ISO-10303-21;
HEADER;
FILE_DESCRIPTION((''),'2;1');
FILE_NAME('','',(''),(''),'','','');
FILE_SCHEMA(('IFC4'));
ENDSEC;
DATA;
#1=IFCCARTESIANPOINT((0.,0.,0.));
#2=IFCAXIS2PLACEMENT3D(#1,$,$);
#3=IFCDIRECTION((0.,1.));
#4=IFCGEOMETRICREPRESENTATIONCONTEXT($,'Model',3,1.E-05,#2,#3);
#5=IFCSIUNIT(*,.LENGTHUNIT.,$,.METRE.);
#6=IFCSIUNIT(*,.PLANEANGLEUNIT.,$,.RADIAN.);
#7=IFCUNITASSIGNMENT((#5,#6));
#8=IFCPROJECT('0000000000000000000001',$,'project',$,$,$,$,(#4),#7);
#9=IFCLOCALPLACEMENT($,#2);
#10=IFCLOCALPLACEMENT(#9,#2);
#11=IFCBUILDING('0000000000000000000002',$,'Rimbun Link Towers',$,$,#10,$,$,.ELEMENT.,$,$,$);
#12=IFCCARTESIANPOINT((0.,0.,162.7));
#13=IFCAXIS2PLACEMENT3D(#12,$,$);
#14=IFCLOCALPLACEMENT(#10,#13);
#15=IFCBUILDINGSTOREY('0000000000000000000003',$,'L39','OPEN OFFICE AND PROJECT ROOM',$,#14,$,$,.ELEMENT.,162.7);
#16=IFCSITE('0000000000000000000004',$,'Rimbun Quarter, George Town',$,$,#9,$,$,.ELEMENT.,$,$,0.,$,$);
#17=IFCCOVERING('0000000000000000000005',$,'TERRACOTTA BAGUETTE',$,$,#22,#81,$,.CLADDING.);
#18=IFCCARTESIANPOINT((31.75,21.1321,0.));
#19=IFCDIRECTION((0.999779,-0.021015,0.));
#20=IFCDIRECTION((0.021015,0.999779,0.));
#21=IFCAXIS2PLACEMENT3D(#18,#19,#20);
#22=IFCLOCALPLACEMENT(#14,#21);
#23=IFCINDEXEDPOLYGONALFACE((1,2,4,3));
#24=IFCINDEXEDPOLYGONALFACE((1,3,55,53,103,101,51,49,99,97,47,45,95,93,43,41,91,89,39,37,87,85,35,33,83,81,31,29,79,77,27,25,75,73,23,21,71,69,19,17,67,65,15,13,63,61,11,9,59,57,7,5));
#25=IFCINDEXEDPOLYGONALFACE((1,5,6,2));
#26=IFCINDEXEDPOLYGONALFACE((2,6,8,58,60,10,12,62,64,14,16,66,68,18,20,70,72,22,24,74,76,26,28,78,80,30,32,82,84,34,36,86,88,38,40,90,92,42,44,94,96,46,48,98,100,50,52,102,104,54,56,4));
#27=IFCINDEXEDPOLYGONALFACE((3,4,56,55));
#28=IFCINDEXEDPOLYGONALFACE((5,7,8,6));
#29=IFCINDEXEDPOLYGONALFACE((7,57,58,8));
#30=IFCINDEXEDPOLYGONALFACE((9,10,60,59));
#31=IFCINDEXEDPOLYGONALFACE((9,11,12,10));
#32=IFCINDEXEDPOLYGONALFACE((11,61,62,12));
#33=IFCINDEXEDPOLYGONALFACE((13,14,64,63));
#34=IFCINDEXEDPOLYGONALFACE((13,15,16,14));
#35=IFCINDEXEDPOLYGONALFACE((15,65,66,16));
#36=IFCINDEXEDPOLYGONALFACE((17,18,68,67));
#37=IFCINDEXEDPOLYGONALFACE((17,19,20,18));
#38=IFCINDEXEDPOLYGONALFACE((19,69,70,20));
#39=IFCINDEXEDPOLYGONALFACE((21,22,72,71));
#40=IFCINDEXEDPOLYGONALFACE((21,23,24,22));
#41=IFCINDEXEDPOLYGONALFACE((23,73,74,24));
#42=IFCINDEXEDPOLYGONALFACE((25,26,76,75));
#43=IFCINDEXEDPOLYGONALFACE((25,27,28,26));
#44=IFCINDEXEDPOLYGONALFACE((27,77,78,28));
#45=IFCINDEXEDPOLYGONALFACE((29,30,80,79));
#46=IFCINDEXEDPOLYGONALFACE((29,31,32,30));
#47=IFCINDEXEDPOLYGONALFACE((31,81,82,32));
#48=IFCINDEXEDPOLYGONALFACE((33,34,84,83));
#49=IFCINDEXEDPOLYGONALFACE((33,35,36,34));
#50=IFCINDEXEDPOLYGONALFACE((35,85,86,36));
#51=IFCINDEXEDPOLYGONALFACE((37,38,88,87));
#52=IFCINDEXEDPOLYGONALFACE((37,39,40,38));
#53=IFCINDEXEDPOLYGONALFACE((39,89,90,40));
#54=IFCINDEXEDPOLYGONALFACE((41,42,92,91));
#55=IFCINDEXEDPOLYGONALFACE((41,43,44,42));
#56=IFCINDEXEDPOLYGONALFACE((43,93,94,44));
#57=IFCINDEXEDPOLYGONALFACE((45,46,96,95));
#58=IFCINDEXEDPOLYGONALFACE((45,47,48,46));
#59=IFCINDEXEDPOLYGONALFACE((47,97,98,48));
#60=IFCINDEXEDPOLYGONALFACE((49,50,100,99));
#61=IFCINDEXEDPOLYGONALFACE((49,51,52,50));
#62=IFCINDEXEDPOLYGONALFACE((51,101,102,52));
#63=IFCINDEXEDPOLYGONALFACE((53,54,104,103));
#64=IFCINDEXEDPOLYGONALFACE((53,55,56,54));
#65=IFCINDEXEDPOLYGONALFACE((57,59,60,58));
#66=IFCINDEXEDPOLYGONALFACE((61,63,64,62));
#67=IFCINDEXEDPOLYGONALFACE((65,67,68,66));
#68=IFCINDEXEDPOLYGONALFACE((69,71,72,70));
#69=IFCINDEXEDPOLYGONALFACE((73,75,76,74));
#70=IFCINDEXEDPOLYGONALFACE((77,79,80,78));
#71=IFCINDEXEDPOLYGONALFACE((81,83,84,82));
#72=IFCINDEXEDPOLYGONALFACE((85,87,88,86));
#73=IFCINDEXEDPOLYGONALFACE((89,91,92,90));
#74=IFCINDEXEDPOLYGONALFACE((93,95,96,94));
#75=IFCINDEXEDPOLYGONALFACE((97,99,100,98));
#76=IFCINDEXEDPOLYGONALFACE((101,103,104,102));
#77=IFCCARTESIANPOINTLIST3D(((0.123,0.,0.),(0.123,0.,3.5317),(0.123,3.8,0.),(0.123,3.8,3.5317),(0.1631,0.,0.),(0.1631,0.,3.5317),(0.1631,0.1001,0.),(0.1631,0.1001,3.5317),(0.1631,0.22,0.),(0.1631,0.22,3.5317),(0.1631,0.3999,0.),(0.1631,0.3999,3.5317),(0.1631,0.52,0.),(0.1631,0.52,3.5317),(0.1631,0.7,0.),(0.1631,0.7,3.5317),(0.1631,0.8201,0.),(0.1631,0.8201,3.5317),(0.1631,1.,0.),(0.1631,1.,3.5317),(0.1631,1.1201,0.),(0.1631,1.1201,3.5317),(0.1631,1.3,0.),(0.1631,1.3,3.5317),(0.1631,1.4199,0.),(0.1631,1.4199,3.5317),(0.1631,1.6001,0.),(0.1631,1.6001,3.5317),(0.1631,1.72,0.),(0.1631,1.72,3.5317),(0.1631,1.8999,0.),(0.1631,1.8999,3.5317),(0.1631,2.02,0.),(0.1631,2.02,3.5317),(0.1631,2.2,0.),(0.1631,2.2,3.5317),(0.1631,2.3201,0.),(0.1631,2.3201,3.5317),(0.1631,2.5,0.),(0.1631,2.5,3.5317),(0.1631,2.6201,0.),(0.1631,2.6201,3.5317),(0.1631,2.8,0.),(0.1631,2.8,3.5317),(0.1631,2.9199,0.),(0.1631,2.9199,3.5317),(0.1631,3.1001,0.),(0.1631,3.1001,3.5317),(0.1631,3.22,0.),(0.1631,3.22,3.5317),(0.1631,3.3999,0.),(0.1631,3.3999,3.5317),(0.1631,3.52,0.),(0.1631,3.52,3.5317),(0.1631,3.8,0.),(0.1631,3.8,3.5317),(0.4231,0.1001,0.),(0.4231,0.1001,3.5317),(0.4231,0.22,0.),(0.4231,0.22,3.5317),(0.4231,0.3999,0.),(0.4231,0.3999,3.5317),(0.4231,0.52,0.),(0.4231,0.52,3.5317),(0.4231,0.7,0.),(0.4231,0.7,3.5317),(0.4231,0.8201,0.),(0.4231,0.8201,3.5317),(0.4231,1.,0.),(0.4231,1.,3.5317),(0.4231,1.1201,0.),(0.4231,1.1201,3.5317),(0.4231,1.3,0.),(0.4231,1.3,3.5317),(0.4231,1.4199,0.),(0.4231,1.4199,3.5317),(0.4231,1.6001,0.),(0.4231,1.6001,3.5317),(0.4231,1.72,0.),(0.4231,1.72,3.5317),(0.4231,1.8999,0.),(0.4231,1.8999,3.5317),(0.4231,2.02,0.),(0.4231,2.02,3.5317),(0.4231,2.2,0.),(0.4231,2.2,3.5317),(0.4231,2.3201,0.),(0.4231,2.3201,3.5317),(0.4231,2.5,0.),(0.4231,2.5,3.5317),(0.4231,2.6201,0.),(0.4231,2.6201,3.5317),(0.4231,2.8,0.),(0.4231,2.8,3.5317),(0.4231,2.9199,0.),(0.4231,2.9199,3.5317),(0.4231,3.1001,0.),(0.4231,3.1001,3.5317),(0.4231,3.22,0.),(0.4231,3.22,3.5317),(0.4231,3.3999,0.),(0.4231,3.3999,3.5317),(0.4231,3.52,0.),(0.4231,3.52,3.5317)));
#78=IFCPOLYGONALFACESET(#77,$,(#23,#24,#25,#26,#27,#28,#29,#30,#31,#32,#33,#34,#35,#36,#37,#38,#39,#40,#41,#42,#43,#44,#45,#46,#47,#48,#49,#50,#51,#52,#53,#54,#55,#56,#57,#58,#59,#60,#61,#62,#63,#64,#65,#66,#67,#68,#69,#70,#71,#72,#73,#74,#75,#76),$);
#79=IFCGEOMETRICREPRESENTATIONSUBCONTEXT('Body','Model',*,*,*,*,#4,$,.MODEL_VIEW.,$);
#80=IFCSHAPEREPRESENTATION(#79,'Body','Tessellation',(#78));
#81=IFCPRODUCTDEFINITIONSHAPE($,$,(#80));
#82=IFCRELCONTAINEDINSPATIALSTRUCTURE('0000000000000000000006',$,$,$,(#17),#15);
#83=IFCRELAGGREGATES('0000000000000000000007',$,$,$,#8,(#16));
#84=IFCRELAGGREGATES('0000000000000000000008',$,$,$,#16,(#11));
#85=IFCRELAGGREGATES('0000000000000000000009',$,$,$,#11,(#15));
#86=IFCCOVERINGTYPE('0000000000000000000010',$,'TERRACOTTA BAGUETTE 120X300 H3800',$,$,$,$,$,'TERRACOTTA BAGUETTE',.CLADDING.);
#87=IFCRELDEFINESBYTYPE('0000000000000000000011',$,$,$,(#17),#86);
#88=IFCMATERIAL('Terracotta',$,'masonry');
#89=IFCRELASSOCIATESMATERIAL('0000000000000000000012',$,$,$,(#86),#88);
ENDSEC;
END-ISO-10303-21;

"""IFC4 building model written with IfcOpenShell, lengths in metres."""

from ifc_helpers import new_model, si_unit, direction, frame, origin, place, context, subcontext, project, spatial, polyline, outline, extrude, material, material_profile, profile_set, type_object, element, save


model = new_model("IFC4")

# Units and contexts
model_context = context("Model", 3, precision=1e-05, world=origin(), true_north=direction((0.0, 1.0)))
body_context = subcontext(model_context, "Body", "Model", "MODEL_VIEW")
ifc_project = project(units=[si_unit("LENGTHUNIT", "METRE"), si_unit("PLANEANGLEUNIT", "RADIAN")], contexts=[model_context])

# Site, building, storey
site_placement = place(None, origin())
site = spatial("IfcSite", under=ifc_project, at=site_placement, Name="Rimbun Quarter, George Town", CompositionType="ELEMENT", RefElevation=0.0)
building_placement = place(site_placement, origin())
building = spatial("IfcBuilding", under=site, at=building_placement, Name="Rimbun Link Towers", CompositionType="ELEMENT")
storey_placement = place(building_placement, frame((0.0, 0.0, 162.7)))
storey = spatial("IfcBuildingStorey", under=building, at=storey_placement, Name="L39", Description="OPEN OFFICE AND PROJECT ROOM", CompositionType="ELEMENT", Elevation=162.7)

# Covering
ifc_material_1 = material(Name="Terracotta", Category="masonry")
ifc_material_profile_1 = material_profile(ifc_material_1, outline(polyline([(0.123, 0.0), (0.1631, 0.0), (0.1631, 0.1001), (0.4231, 0.1001), (0.4231, 0.22), (0.1631, 0.22), (0.1631, 0.3999), (0.4231, 0.3999), (0.4231, 0.52), (0.1631, 0.52), (0.1631, 0.7), (0.4231, 0.7), (0.4231, 0.8201), (0.1631, 0.8201), (0.1631, 1.0), (0.4231, 1.0), (0.4231, 1.1201), (0.1631, 1.1201), (0.1631, 1.3), (0.4231, 1.3), (0.4231, 1.4199), (0.1631, 1.4199), (0.1631, 1.6001), (0.4231, 1.6001), (0.4231, 1.72), (0.1631, 1.72), (0.1631, 1.8999), (0.4231, 1.8999), (0.4231, 2.02), (0.1631, 2.02), (0.1631, 2.2), (0.4231, 2.2), (0.4231, 2.3201), (0.1631, 2.3201), (0.1631, 2.5), (0.4231, 2.5), (0.4231, 2.6201), (0.1631, 2.6201), (0.1631, 2.8), (0.4231, 2.8), (0.4231, 2.9199), (0.1631, 2.9199), (0.1631, 3.1001), (0.4231, 3.1001), (0.4231, 3.22), (0.1631, 3.22), (0.1631, 3.3999), (0.4231, 3.3999), (0.4231, 3.52), (0.1631, 3.52), (0.1631, 3.8), (0.123, 3.8), (0.123, 0.0)])), Name="BAGUETTE 120X300")
ifc_profile_set_1 = profile_set([ifc_material_profile_1], Name="Terracotta")
covering_type = type_object("IfcCoveringType", Name="TERRACOTTA BAGUETTE 120X300 H3800", ElementType="TERRACOTTA BAGUETTE", PredefinedType="CLADDING", material=ifc_profile_set_1)
covering_1_placement = place(storey_placement, frame((31.75, 21.1321, 0.0), z_axis=(0.999779, -0.021015, 0.0), x_axis=(0.021015, 0.999779, 0.0)))
element("IfcCovering", 1, at=covering_1_placement, inside=storey, type_object=covering_type, Name="TERRACOTTA BAGUETTE", PredefinedType="CLADDING", context=body_context, shape_type="SweptSolid", body=[
    extrude(outline(polyline([(0.123, 0.0), (0.1631, 0.0), (0.1631, 0.1001), (0.4231, 0.1001), (0.4231, 0.22), (0.1631, 0.22), (0.1631, 0.3999), (0.4231, 0.3999), (0.4231, 0.52), (0.1631, 0.52), (0.1631, 0.7), (0.4231, 0.7), (0.4231, 0.8201), (0.1631, 0.8201), (0.1631, 1.0), (0.4231, 1.0), (0.4231, 1.1201), (0.1631, 1.1201), (0.1631, 1.3), (0.4231, 1.3), (0.4231, 1.4199), (0.1631, 1.4199), (0.1631, 1.6001), (0.4231, 1.6001), (0.4231, 1.72), (0.1631, 1.72), (0.1631, 1.8999), (0.4231, 1.8999), (0.4231, 2.02), (0.1631, 2.02), (0.1631, 2.2), (0.4231, 2.2), (0.4231, 2.3201), (0.1631, 2.3201), (0.1631, 2.5), (0.4231, 2.5), (0.4231, 2.6201), (0.1631, 2.6201), (0.1631, 2.8), (0.4231, 2.8), (0.4231, 2.9199), (0.1631, 2.9199), (0.1631, 3.1001), (0.4231, 3.1001), (0.4231, 3.22), (0.1631, 3.22), (0.1631, 3.3999), (0.4231, 3.3999), (0.4231, 3.52), (0.1631, 3.52), (0.1631, 3.8), (0.123, 3.8), (0.123, 0.0)])), origin(), (0.0, 0.0, 1.0), 3.5317),
])

save(model, "model.ifc")
